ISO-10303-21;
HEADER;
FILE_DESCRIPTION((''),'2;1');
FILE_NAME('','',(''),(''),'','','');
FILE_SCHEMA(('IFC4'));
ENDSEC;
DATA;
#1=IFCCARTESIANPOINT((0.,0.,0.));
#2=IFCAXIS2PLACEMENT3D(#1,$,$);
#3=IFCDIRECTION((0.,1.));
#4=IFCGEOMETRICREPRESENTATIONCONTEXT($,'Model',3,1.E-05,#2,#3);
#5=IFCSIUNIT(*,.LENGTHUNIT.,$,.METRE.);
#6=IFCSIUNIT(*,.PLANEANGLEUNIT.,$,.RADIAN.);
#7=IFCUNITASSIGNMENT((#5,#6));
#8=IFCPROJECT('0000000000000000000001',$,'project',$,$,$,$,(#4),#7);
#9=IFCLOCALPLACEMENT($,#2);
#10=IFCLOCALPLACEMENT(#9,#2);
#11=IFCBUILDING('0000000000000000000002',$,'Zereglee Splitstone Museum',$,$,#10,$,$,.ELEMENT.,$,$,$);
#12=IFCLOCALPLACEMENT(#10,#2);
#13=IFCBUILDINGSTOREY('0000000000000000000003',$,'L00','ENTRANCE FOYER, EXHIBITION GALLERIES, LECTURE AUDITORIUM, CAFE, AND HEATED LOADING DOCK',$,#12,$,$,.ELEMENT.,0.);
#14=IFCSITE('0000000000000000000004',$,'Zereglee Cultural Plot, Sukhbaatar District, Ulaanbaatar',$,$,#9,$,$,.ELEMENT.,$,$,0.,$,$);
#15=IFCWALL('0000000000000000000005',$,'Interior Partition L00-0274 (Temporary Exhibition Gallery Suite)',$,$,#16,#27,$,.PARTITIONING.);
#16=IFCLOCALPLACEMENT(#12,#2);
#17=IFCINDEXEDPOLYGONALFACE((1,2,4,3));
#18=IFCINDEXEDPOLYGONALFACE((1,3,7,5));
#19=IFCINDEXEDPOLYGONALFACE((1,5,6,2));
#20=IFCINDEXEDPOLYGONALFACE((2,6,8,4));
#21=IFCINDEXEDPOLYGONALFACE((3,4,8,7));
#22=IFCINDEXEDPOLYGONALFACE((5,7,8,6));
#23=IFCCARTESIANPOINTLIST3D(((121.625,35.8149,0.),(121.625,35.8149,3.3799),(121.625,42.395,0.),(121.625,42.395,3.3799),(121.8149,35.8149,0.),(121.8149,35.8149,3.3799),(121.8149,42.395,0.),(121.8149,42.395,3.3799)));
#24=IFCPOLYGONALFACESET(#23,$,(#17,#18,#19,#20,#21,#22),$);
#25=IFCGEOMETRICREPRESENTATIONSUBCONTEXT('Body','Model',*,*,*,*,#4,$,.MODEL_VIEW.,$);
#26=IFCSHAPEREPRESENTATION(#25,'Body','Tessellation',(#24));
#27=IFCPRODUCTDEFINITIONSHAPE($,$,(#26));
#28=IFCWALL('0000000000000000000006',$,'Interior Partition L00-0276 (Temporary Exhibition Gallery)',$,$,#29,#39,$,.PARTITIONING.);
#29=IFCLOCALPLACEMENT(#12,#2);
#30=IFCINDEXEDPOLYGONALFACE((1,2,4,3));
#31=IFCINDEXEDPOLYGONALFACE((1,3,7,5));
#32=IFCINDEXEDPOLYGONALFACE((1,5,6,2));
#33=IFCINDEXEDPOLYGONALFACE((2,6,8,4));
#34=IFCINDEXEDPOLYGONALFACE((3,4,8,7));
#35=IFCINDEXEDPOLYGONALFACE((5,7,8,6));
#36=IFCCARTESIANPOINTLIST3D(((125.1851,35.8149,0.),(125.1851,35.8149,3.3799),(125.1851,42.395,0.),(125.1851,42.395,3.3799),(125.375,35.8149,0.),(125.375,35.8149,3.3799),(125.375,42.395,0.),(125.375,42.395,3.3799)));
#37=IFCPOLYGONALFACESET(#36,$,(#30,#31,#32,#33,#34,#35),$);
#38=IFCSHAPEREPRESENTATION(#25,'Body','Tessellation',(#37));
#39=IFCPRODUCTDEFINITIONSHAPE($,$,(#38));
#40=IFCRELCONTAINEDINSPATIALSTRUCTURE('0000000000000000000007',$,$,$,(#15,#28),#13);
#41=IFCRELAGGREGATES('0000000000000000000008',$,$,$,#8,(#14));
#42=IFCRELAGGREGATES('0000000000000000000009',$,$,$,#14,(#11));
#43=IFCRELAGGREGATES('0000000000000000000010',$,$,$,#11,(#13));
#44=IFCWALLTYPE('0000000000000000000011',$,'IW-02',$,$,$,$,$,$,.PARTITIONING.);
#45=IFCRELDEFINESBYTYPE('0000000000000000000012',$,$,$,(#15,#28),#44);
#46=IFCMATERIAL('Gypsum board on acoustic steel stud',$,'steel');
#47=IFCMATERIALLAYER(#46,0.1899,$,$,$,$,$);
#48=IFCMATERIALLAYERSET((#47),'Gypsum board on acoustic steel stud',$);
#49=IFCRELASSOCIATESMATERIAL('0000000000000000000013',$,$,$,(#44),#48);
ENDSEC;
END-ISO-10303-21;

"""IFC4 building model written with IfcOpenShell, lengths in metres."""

from ifc_helpers import new_model, si_unit, direction, frame, frame_2d, origin, place, context, subcontext, project, spatial, rectangle, extrude, material, layer, layer_set, type_object, element, save


model = new_model("IFC4")

# Units and contexts
model_context = context("Model", 3, precision=1e-05, world=origin(), true_north=direction((0.0, 1.0)))
body_context = subcontext(model_context, "Body", "Model", "MODEL_VIEW")
ifc_project = project(units=[si_unit("LENGTHUNIT", "METRE"), si_unit("PLANEANGLEUNIT", "RADIAN")], contexts=[model_context])

# Site, building, storey
site_placement = place(None, origin())
site = spatial("IfcSite", under=ifc_project, at=site_placement, Name="Zereglee Cultural Plot, Sukhbaatar District, Ulaanbaatar", CompositionType="ELEMENT", RefElevation=0.0)
building_placement = place(site_placement, origin())
building = spatial("IfcBuilding", under=site, at=building_placement, Name="Zereglee Splitstone Museum", CompositionType="ELEMENT")
storey_placement = place(building_placement, origin())
storey = spatial("IfcBuildingStorey", under=building, at=storey_placement, Name="L00", Description="ENTRANCE FOYER, EXHIBITION GALLERIES, LECTURE AUDITORIUM, CAFE, AND HEATED LOADING DOCK", CompositionType="ELEMENT", Elevation=0.0)

# Shared definitions
ifc_material_1 = material(Name="Gypsum board on acoustic steel stud", Category="steel")
ifc_layer = layer(ifc_material_1, 0.1899)
ifc_layer_set = layer_set([ifc_layer], Name="Gypsum board on acoustic steel stud")
wall_type = type_object("IfcWallType", Name="IW-02", PredefinedType="PARTITIONING", material=ifc_layer_set)

# Walls
for number, where, z_axis, x_axis, name in (
    (1, (121.72, 35.8149, 0.0), (0.0, 0.0, 1.0), (0.0, 1.0, 0.0), "Interior Partition L00-0274 (Temporary Exhibition Gallery Suite)"),
    (2, (125.28, 35.8149, 0.0), (0.0, 0.0, 1.0), (0.0, 1.0, 0.0), "Interior Partition L00-0276 (Temporary Exhibition Gallery)"),
):
    element("IfcWall", number, at=place(storey_placement, frame(where, z_axis=z_axis, x_axis=x_axis)), inside=storey, type_object=wall_type, Name=name, PredefinedType="PARTITIONING", context=body_context, shape_type="SweptSolid", body=[
        extrude(rectangle(XDim=6.5801, YDim=0.1899, at=frame_2d((3.29, 0.0))), origin(), (0.0, 0.0, 1.0), 3.3799),
    ])

save(model, "model.ifc")
